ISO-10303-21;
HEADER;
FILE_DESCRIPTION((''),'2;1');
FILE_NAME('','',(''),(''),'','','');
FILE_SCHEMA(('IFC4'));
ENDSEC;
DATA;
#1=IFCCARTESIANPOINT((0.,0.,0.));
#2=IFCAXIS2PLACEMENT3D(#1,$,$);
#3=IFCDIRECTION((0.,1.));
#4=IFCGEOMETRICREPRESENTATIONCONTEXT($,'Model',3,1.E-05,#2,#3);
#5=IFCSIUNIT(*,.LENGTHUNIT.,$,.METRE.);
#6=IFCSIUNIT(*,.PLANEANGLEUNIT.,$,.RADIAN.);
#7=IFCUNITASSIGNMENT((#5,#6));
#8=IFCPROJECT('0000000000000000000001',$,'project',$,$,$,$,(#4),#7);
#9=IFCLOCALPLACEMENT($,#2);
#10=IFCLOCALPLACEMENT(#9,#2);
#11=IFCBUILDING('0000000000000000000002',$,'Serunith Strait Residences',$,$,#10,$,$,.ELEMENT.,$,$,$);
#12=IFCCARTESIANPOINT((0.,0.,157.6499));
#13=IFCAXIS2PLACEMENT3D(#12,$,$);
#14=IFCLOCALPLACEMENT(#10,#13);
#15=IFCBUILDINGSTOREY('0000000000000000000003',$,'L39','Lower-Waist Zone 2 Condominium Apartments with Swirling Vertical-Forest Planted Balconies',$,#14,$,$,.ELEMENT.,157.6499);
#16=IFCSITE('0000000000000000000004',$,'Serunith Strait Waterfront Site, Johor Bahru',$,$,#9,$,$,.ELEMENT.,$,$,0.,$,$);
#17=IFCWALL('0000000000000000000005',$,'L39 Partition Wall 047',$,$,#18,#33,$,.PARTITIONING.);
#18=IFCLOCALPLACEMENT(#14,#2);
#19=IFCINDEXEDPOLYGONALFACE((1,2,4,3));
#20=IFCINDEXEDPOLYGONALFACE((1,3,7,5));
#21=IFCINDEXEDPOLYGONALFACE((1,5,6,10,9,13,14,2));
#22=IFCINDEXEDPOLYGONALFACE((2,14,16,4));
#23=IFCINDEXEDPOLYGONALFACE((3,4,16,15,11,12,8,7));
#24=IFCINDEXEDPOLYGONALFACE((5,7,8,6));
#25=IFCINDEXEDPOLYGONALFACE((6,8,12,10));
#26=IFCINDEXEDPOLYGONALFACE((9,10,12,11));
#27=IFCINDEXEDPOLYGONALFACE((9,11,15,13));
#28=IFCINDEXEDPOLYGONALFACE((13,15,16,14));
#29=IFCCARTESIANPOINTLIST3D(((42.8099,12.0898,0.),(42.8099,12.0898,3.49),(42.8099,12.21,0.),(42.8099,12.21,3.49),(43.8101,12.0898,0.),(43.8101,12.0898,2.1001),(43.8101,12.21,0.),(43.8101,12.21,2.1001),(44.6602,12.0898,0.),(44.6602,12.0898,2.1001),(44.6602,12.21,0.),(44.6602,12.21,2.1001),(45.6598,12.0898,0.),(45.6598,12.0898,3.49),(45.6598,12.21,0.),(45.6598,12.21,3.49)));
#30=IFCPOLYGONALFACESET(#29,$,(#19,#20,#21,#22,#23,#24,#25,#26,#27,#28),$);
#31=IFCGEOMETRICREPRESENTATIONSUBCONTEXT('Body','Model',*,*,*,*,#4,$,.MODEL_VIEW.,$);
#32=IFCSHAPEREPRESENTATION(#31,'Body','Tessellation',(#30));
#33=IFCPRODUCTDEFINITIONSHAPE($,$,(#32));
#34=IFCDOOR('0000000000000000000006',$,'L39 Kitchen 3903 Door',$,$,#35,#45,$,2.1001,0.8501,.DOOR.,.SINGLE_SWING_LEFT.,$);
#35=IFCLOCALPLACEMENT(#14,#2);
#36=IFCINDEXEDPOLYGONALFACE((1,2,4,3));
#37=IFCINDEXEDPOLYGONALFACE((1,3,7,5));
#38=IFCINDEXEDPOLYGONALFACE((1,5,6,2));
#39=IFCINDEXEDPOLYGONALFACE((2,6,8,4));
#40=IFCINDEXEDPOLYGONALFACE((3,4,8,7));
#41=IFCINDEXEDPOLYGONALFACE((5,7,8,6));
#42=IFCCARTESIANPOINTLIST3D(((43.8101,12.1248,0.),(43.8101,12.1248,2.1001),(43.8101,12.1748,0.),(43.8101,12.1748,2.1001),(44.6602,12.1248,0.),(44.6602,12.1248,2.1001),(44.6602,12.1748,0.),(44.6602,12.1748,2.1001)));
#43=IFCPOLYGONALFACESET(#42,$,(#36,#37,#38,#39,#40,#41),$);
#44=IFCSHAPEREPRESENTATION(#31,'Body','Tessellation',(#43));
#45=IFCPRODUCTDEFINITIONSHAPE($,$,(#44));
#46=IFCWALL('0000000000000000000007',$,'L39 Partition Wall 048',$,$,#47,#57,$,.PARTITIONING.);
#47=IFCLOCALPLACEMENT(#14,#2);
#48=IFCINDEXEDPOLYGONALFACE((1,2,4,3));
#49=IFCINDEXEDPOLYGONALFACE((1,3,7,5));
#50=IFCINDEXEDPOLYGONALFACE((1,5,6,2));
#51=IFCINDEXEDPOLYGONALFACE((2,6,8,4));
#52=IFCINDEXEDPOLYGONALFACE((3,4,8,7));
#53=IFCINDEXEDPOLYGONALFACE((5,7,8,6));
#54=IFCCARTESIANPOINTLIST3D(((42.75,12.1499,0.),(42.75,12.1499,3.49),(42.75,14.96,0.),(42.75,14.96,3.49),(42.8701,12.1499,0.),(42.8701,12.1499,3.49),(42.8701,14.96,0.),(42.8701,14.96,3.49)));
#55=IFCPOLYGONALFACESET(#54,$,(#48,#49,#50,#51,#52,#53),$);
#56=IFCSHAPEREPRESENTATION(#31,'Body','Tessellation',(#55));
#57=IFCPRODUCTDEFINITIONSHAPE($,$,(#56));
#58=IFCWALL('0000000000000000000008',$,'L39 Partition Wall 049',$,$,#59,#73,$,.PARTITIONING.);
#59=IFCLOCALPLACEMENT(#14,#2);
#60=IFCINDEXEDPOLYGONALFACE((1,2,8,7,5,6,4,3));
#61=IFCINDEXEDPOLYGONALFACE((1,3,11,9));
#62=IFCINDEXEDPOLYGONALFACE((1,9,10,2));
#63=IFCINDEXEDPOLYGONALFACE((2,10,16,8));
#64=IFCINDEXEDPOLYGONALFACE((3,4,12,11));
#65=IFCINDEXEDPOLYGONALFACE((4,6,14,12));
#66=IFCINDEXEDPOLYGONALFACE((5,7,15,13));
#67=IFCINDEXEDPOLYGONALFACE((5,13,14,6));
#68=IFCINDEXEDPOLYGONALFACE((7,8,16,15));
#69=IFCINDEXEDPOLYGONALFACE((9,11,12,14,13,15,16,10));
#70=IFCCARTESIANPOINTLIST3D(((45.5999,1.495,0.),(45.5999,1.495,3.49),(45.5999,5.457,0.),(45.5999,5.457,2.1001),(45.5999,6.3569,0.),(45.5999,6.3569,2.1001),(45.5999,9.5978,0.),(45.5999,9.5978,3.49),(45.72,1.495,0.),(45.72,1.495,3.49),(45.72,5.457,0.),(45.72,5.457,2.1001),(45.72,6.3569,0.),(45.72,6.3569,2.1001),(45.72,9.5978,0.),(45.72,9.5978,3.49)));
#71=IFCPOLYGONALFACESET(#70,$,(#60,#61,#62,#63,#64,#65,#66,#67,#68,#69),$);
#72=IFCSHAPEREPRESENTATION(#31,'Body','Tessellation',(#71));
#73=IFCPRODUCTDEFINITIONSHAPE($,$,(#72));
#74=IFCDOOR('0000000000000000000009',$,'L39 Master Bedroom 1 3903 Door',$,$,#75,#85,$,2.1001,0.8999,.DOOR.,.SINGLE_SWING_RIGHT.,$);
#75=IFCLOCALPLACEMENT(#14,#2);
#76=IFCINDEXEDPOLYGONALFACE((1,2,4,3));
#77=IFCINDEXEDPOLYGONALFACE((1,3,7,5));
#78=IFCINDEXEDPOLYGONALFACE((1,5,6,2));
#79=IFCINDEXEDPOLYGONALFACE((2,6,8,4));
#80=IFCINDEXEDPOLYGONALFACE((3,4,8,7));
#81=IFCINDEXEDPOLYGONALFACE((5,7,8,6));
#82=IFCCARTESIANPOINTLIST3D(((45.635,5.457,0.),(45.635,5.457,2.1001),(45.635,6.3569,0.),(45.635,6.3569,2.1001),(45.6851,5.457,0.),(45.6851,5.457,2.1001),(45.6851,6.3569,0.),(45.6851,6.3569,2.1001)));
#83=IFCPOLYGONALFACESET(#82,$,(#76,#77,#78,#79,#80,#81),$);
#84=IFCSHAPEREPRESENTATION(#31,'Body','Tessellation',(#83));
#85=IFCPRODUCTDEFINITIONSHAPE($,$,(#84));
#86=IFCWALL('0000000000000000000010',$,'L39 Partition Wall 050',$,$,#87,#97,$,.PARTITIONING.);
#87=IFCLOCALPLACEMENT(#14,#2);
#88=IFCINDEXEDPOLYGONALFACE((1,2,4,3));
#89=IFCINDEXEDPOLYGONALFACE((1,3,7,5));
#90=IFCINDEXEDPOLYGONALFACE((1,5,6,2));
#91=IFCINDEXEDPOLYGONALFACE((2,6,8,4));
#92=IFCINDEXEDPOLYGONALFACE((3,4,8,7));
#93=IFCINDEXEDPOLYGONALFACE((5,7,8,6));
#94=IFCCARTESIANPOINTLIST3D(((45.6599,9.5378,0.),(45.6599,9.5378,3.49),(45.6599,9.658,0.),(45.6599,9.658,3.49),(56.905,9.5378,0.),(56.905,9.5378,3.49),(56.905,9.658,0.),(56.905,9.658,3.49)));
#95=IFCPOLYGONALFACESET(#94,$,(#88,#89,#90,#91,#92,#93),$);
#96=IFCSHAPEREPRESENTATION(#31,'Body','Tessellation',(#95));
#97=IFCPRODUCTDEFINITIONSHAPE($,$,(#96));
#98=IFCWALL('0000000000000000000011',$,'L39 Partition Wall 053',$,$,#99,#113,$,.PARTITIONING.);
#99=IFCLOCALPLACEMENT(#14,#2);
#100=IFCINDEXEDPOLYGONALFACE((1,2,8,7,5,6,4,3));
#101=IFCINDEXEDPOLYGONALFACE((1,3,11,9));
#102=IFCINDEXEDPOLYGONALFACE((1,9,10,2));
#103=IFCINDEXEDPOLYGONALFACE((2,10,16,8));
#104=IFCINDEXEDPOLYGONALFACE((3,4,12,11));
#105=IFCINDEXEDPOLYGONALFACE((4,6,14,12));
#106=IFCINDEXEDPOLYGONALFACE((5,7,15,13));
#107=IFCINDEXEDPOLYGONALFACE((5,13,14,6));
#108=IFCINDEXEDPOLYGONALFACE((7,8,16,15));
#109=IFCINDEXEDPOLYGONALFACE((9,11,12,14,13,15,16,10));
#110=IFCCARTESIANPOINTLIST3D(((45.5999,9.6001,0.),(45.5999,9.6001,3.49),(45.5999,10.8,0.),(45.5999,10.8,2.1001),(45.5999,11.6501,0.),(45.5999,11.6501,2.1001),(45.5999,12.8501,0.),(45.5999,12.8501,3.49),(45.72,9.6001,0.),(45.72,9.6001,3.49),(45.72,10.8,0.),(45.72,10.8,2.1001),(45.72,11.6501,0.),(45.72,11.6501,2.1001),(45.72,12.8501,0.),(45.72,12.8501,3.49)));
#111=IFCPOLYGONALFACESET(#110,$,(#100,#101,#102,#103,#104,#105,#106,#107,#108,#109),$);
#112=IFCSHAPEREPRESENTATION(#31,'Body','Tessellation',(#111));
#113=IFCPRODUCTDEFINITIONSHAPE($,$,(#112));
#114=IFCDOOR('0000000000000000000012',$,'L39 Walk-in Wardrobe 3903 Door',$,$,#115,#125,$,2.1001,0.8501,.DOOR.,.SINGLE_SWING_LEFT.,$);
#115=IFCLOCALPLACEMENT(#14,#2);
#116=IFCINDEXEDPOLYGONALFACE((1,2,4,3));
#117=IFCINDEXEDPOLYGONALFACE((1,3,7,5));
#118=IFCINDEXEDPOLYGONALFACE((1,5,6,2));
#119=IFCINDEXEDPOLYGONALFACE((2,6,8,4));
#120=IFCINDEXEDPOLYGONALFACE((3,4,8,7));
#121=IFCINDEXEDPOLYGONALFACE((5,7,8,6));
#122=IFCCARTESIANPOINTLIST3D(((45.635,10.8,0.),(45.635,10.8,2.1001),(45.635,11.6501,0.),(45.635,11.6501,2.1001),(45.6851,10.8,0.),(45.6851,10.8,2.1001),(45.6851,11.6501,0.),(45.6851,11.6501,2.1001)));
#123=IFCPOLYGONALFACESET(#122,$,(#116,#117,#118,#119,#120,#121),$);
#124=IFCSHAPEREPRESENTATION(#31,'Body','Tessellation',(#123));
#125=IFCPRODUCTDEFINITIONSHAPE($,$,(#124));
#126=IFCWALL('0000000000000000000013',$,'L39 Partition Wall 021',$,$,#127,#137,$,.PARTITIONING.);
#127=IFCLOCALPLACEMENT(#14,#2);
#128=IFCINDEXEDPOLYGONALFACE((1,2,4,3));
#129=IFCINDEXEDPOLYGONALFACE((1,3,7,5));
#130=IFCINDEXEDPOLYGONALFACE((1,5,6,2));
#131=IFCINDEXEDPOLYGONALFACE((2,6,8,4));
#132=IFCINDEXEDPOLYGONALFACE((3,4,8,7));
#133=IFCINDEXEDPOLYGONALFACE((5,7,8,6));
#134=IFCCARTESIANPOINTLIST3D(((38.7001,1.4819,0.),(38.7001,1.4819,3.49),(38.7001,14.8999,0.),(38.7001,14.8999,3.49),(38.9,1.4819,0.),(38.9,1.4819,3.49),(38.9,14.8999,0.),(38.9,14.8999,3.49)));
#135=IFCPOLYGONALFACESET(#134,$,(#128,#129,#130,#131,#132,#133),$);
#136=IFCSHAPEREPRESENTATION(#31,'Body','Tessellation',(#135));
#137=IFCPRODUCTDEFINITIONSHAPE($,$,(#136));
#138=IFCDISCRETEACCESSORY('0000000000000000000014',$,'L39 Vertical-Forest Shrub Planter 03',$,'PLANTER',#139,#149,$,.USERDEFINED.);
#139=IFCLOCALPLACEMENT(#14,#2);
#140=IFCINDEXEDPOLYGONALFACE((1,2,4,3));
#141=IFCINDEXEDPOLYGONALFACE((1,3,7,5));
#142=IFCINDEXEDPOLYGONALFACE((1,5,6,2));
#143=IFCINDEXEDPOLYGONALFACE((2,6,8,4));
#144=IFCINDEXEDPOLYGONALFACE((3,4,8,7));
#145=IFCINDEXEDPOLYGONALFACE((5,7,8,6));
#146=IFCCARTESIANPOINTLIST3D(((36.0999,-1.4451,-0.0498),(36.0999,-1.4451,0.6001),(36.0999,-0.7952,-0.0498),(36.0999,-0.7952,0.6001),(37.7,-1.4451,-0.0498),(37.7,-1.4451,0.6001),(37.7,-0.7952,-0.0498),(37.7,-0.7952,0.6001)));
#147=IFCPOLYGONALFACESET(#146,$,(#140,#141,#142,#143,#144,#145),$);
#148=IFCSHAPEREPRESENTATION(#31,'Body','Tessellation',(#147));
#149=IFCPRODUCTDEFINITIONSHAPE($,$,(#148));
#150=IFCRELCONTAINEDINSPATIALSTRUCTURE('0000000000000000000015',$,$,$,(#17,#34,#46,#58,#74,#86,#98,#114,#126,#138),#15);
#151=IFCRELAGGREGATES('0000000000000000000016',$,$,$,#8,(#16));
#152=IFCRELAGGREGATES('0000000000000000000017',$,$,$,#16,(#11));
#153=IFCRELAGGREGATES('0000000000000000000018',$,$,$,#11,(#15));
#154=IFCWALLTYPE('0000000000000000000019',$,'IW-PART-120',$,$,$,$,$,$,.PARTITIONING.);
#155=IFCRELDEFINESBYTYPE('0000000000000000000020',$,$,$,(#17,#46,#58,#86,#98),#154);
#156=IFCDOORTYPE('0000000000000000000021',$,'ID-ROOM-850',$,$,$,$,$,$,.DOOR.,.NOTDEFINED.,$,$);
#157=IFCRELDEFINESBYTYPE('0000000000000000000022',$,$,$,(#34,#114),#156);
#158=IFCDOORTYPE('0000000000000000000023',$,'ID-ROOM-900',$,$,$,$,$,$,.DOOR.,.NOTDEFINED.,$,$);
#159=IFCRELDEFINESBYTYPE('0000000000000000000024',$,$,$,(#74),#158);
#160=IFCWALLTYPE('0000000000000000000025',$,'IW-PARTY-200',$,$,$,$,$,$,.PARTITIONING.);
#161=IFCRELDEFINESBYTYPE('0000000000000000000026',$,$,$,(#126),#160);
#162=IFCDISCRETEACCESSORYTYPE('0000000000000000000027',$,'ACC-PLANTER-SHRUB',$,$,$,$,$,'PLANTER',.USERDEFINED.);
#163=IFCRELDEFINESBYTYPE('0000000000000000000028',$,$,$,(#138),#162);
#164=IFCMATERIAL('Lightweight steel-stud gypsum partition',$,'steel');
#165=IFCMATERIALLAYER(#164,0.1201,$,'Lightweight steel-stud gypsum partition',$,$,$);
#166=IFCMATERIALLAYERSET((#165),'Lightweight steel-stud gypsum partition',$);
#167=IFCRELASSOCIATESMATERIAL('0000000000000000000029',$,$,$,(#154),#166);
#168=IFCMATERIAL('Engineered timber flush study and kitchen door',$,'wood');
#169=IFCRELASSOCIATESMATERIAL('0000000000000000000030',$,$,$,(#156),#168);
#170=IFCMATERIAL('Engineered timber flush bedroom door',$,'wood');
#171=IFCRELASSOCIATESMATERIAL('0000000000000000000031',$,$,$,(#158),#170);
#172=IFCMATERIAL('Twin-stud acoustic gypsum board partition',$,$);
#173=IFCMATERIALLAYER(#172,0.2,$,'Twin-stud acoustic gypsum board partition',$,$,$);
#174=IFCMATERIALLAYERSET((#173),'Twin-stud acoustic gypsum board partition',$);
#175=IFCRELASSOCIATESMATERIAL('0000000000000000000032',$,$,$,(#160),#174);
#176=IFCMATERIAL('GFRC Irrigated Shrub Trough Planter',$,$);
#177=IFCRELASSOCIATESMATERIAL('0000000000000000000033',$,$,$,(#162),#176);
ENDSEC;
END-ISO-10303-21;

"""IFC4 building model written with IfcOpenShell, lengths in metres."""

from ifc_helpers import new_model, si_unit, direction, frame, frame_2d, origin, origin_2d, place, context, subcontext, project, spatial, rectangle, extrude, source, transform, mapped, material, layer, layer_set, type_object, element, fill, save


model = new_model("IFC4")

# Units and contexts
model_context = context("Model", 3, precision=1e-05, world=origin(), true_north=direction((0.0, 1.0)))
body_context = subcontext(model_context, "Body", "Model", "MODEL_VIEW")
ifc_project = project(units=[si_unit("LENGTHUNIT", "METRE"), si_unit("PLANEANGLEUNIT", "RADIAN")], contexts=[model_context])

# Site, building, storey
site_placement = place(None, origin())
site = spatial("IfcSite", under=ifc_project, at=site_placement, Name="Serunith Strait Waterfront Site, Johor Bahru", CompositionType="ELEMENT", RefElevation=0.0)
building_placement = place(site_placement, origin())
building = spatial("IfcBuilding", under=site, at=building_placement, Name="Serunith Strait Residences", CompositionType="ELEMENT")
storey_placement = place(building_placement, frame((0.0, 0.0, 157.6499)))
storey = spatial("IfcBuildingStorey", under=building, at=storey_placement, Name="L39", Description="Lower-Waist Zone 2 Condominium Apartments with Swirling Vertical-Forest Planted Balconies", CompositionType="ELEMENT", Elevation=157.6499)

# Wall, opening, door
ifc_material_1 = material(Name="Lightweight steel-stud gypsum partition", Category="steel")
ifc_layer_1 = layer(ifc_material_1, 0.1201, Name="Lightweight steel-stud gypsum partition")
ifc_layer_set_1 = layer_set([ifc_layer_1], Name="Lightweight steel-stud gypsum partition")
wall_type_1 = type_object("IfcWallType", Name="IW-PART-120", PredefinedType="PARTITIONING", material=ifc_layer_set_1)
wall_1_placement = place(storey_placement, frame((42.8101, 12.1499, 0.0), z_axis=(0.0, 0.0, 1.0), x_axis=(1.0, 0.0, 0.0)))
wall_1 = element("IfcWall", 1, at=wall_1_placement, inside=storey, type_object=wall_type_1, Name="L39 Partition Wall 047", PredefinedType="PARTITIONING", context=body_context, shape_type="SweptSolid", body=[
    extrude(rectangle(XDim=2.8499, YDim=0.1201, at=frame_2d((1.4248, 0.0))), origin(), (0.0, 0.0, 1.0), 3.49),
])
opening_1_placement = place(wall_1_placement, frame((1.0, 0.0, 0.0)))
opening_1 = element("IfcOpeningElement", 2, at=opening_1_placement, cuts=wall_1, PredefinedType="OPENING", context=body_context, shape_type="SweptSolid", body=[
    extrude(rectangle(XDim=0.8501, YDim=2.1001, at=frame_2d((0.425, 1.05))), frame((0.0, 0.0701, 0.0), z_axis=(0.0, -1.0, 0.0), x_axis=(1.0, 0.0, 0.0)), (0.0, 0.0, 1.0), 0.1401),
])
ifc_material_2 = material(Name="Engineered timber flush study and kitchen door", Category="wood")
door_type_1 = type_object("IfcDoorType", Name="ID-ROOM-850", OperationType="NOTDEFINED", PredefinedType="DOOR", material=ifc_material_2)
shared_shape_1 = source(origin(), body_context, "Body", "SweptSolid", [
    extrude(rectangle(XDim=0.8501, YDim=2.1001, at=frame_2d((0.425, 1.05))), frame((0.0, 0.0249, 0.0), z_axis=(0.0, -1.0, 0.0), x_axis=(1.0, 0.0, 0.0)), (0.0, 0.0, 1.0), 0.05),
])
door_1_placement = place(opening_1_placement, origin())
door_1 = element("IfcDoor", 3, at=door_1_placement, inside=storey, type_object=door_type_1, Name="L39 Kitchen 3903 Door", OperationType="SINGLE_SWING_LEFT", OverallHeight=2.1001, OverallWidth=0.8501, PredefinedType="DOOR", context=body_context, shape_type="MappedRepresentation", body=[
    mapped(shared_shape_1, transform((0.0, 0.0, 0.0), scale=1.0)),
])
fill(opening_1, door_1)

# Wall
wall_2_placement = place(storey_placement, frame((42.8101, 12.1499, 0.0), z_axis=(0.0, 0.0, 1.0), x_axis=(0.0, 1.0, 0.0)))
element("IfcWall", 4, at=wall_2_placement, inside=storey, type_object=wall_type_1, Name="L39 Partition Wall 048", PredefinedType="PARTITIONING", context=body_context, shape_type="SweptSolid", body=[
    extrude(rectangle(XDim=2.8101, YDim=0.1201, at=frame_2d((1.405, 0.0))), origin(), (0.0, 0.0, 1.0), 3.49),
])

# Wall, opening, door
wall_3_placement = place(storey_placement, frame((45.6599, 1.4951, 0.0), z_axis=(0.0, 0.0, 1.0), x_axis=(0.0, 1.0, 0.0)))
wall_3 = element("IfcWall", 5, at=wall_3_placement, inside=storey, type_object=wall_type_1, Name="L39 Partition Wall 049", PredefinedType="PARTITIONING", context=body_context, shape_type="SweptSolid", body=[
    extrude(rectangle(XDim=8.1028, YDim=0.1201, at=frame_2d((4.0513, 0.0))), origin(), (0.0, 0.0, 1.0), 3.49),
])
opening_2_placement = place(wall_3_placement, frame((3.9619, 0.0, 0.0)))
opening_2 = element("IfcOpeningElement", 6, at=opening_2_placement, cuts=wall_3, PredefinedType="OPENING", context=body_context, shape_type="SweptSolid", body=[
    extrude(rectangle(XDim=0.8999, YDim=2.1001, at=frame_2d((0.45, 1.05))), frame((0.0, 0.0701, 0.0), z_axis=(0.0, -1.0, 0.0), x_axis=(1.0, 0.0, 0.0)), (0.0, 0.0, 1.0), 0.1401),
])
ifc_material_3 = material(Name="Engineered timber flush bedroom door", Category="wood")
door_type_2 = type_object("IfcDoorType", Name="ID-ROOM-900", OperationType="NOTDEFINED", PredefinedType="DOOR", material=ifc_material_3)
shared_shape_2 = source(origin(), body_context, "Body", "SweptSolid", [
    extrude(rectangle(XDim=0.8999, YDim=2.1001, at=frame_2d((0.45, 1.05))), frame((0.0, 0.0249, 0.0), z_axis=(0.0, -1.0, 0.0), x_axis=(1.0, 0.0, 0.0)), (0.0, 0.0, 1.0), 0.05),
])
door_2_placement = place(opening_2_placement, origin())
door_2 = element("IfcDoor", 7, at=door_2_placement, inside=storey, type_object=door_type_2, Name="L39 Master Bedroom 1 3903 Door", OperationType="SINGLE_SWING_RIGHT", OverallHeight=2.1001, OverallWidth=0.8999, PredefinedType="DOOR", context=body_context, shape_type="MappedRepresentation", body=[
    mapped(shared_shape_2, transform((0.0, 0.0, 0.0), scale=1.0)),
])
fill(opening_2, door_2)

# Wall
wall_4_placement = place(storey_placement, frame((45.6599, 9.5979, 0.0), z_axis=(0.0, 0.0, 1.0), x_axis=(1.0, 0.0, 0.0)))
element("IfcWall", 8, at=wall_4_placement, inside=storey, type_object=wall_type_1, Name="L39 Partition Wall 050", PredefinedType="PARTITIONING", context=body_context, shape_type="SweptSolid", body=[
    extrude(rectangle(XDim=11.2451, YDim=0.1201, at=frame_2d((5.6226, 0.0))), origin(), (0.0, 0.0, 1.0), 3.49),
])

# Wall, opening, door
wall_5_placement = place(storey_placement, frame((45.6599, 9.6001, 0.0), z_axis=(0.0, 0.0, 1.0), x_axis=(0.0, 1.0, 0.0)))
wall_5 = element("IfcWall", 9, at=wall_5_placement, inside=storey, type_object=wall_type_1, Name="L39 Partition Wall 053", PredefinedType="PARTITIONING", context=body_context, shape_type="SweptSolid", body=[
    extrude(rectangle(XDim=3.25, YDim=0.1201, at=frame_2d((1.625, 0.0))), origin(), (0.0, 0.0, 1.0), 3.49),
])
opening_3_placement = place(wall_5_placement, frame((1.2, 0.0, 0.0)))
opening_3 = element("IfcOpeningElement", 10, at=opening_3_placement, cuts=wall_5, PredefinedType="OPENING", context=body_context, shape_type="SweptSolid", body=[
    extrude(rectangle(XDim=0.8501, YDim=2.1001, at=frame_2d((0.425, 1.05))), frame((0.0, 0.0701, 0.0), z_axis=(0.0, -1.0, 0.0), x_axis=(1.0, 0.0, 0.0)), (0.0, 0.0, 1.0), 0.1401),
])
door_3_placement = place(opening_3_placement, origin())
door_3 = element("IfcDoor", 11, at=door_3_placement, inside=storey, type_object=door_type_1, Name="L39 Walk-in Wardrobe 3903 Door", OperationType="SINGLE_SWING_LEFT", OverallHeight=2.1001, OverallWidth=0.8501, PredefinedType="DOOR", context=body_context, shape_type="MappedRepresentation", body=[
    mapped(shared_shape_1, transform((0.0, 0.0, 0.0), scale=1.0)),
])
fill(opening_3, door_3)

# Wall
ifc_material_4 = material(Name="Twin-stud acoustic gypsum board partition")
ifc_layer_2 = layer(ifc_material_4, 0.2, Name="Twin-stud acoustic gypsum board partition")
ifc_layer_set_2 = layer_set([ifc_layer_2], Name="Twin-stud acoustic gypsum board partition")
wall_type_2 = type_object("IfcWallType", Name="IW-PARTY-200", PredefinedType="PARTITIONING", material=ifc_layer_set_2)
wall_6_placement = place(storey_placement, frame((38.8, 1.4819, 0.0), z_axis=(0.0, 0.0, 1.0), x_axis=(0.0, 1.0, 0.0)))
element("IfcWall", 12, at=wall_6_placement, inside=storey, type_object=wall_type_2, Name="L39 Partition Wall 021", PredefinedType="PARTITIONING", context=body_context, shape_type="SweptSolid", body=[
    extrude(rectangle(XDim=13.418, YDim=0.2, at=frame_2d((6.709, 0.0))), origin(), (0.0, 0.0, 1.0), 3.49),
])

# Discrete accessory
ifc_material_5 = material(Name="GFRC Irrigated Shrub Trough Planter")
discrete_accessory_type = type_object("IfcDiscreteAccessoryType", Name="ACC-PLANTER-SHRUB", ElementType="PLANTER", PredefinedType="USERDEFINED", material=ifc_material_5)
shared_shape_3 = source(origin(), body_context, "Body", "SweptSolid", [
    extrude(rectangle(XDim=1.6001, YDim=0.6499, at=origin_2d()), origin(), (0.0, 0.0, 1.0), 0.6499),
])
discrete_accessory_placement = place(storey_placement, frame((36.8999, -1.1201, -0.0498), z_axis=(0.0, 0.0, 1.0), x_axis=(1.0, 0.0, 0.0)))
element("IfcDiscreteAccessory", 13, at=discrete_accessory_placement, inside=storey, type_object=discrete_accessory_type, Name="L39 Vertical-Forest Shrub Planter 03", ObjectType="PLANTER", PredefinedType="USERDEFINED", context=body_context, shape_type="MappedRepresentation", body=[
    mapped(shared_shape_3, transform((0.0, 0.0, 0.0), scale=1.0)),
])

save(model, "model.ifc")
